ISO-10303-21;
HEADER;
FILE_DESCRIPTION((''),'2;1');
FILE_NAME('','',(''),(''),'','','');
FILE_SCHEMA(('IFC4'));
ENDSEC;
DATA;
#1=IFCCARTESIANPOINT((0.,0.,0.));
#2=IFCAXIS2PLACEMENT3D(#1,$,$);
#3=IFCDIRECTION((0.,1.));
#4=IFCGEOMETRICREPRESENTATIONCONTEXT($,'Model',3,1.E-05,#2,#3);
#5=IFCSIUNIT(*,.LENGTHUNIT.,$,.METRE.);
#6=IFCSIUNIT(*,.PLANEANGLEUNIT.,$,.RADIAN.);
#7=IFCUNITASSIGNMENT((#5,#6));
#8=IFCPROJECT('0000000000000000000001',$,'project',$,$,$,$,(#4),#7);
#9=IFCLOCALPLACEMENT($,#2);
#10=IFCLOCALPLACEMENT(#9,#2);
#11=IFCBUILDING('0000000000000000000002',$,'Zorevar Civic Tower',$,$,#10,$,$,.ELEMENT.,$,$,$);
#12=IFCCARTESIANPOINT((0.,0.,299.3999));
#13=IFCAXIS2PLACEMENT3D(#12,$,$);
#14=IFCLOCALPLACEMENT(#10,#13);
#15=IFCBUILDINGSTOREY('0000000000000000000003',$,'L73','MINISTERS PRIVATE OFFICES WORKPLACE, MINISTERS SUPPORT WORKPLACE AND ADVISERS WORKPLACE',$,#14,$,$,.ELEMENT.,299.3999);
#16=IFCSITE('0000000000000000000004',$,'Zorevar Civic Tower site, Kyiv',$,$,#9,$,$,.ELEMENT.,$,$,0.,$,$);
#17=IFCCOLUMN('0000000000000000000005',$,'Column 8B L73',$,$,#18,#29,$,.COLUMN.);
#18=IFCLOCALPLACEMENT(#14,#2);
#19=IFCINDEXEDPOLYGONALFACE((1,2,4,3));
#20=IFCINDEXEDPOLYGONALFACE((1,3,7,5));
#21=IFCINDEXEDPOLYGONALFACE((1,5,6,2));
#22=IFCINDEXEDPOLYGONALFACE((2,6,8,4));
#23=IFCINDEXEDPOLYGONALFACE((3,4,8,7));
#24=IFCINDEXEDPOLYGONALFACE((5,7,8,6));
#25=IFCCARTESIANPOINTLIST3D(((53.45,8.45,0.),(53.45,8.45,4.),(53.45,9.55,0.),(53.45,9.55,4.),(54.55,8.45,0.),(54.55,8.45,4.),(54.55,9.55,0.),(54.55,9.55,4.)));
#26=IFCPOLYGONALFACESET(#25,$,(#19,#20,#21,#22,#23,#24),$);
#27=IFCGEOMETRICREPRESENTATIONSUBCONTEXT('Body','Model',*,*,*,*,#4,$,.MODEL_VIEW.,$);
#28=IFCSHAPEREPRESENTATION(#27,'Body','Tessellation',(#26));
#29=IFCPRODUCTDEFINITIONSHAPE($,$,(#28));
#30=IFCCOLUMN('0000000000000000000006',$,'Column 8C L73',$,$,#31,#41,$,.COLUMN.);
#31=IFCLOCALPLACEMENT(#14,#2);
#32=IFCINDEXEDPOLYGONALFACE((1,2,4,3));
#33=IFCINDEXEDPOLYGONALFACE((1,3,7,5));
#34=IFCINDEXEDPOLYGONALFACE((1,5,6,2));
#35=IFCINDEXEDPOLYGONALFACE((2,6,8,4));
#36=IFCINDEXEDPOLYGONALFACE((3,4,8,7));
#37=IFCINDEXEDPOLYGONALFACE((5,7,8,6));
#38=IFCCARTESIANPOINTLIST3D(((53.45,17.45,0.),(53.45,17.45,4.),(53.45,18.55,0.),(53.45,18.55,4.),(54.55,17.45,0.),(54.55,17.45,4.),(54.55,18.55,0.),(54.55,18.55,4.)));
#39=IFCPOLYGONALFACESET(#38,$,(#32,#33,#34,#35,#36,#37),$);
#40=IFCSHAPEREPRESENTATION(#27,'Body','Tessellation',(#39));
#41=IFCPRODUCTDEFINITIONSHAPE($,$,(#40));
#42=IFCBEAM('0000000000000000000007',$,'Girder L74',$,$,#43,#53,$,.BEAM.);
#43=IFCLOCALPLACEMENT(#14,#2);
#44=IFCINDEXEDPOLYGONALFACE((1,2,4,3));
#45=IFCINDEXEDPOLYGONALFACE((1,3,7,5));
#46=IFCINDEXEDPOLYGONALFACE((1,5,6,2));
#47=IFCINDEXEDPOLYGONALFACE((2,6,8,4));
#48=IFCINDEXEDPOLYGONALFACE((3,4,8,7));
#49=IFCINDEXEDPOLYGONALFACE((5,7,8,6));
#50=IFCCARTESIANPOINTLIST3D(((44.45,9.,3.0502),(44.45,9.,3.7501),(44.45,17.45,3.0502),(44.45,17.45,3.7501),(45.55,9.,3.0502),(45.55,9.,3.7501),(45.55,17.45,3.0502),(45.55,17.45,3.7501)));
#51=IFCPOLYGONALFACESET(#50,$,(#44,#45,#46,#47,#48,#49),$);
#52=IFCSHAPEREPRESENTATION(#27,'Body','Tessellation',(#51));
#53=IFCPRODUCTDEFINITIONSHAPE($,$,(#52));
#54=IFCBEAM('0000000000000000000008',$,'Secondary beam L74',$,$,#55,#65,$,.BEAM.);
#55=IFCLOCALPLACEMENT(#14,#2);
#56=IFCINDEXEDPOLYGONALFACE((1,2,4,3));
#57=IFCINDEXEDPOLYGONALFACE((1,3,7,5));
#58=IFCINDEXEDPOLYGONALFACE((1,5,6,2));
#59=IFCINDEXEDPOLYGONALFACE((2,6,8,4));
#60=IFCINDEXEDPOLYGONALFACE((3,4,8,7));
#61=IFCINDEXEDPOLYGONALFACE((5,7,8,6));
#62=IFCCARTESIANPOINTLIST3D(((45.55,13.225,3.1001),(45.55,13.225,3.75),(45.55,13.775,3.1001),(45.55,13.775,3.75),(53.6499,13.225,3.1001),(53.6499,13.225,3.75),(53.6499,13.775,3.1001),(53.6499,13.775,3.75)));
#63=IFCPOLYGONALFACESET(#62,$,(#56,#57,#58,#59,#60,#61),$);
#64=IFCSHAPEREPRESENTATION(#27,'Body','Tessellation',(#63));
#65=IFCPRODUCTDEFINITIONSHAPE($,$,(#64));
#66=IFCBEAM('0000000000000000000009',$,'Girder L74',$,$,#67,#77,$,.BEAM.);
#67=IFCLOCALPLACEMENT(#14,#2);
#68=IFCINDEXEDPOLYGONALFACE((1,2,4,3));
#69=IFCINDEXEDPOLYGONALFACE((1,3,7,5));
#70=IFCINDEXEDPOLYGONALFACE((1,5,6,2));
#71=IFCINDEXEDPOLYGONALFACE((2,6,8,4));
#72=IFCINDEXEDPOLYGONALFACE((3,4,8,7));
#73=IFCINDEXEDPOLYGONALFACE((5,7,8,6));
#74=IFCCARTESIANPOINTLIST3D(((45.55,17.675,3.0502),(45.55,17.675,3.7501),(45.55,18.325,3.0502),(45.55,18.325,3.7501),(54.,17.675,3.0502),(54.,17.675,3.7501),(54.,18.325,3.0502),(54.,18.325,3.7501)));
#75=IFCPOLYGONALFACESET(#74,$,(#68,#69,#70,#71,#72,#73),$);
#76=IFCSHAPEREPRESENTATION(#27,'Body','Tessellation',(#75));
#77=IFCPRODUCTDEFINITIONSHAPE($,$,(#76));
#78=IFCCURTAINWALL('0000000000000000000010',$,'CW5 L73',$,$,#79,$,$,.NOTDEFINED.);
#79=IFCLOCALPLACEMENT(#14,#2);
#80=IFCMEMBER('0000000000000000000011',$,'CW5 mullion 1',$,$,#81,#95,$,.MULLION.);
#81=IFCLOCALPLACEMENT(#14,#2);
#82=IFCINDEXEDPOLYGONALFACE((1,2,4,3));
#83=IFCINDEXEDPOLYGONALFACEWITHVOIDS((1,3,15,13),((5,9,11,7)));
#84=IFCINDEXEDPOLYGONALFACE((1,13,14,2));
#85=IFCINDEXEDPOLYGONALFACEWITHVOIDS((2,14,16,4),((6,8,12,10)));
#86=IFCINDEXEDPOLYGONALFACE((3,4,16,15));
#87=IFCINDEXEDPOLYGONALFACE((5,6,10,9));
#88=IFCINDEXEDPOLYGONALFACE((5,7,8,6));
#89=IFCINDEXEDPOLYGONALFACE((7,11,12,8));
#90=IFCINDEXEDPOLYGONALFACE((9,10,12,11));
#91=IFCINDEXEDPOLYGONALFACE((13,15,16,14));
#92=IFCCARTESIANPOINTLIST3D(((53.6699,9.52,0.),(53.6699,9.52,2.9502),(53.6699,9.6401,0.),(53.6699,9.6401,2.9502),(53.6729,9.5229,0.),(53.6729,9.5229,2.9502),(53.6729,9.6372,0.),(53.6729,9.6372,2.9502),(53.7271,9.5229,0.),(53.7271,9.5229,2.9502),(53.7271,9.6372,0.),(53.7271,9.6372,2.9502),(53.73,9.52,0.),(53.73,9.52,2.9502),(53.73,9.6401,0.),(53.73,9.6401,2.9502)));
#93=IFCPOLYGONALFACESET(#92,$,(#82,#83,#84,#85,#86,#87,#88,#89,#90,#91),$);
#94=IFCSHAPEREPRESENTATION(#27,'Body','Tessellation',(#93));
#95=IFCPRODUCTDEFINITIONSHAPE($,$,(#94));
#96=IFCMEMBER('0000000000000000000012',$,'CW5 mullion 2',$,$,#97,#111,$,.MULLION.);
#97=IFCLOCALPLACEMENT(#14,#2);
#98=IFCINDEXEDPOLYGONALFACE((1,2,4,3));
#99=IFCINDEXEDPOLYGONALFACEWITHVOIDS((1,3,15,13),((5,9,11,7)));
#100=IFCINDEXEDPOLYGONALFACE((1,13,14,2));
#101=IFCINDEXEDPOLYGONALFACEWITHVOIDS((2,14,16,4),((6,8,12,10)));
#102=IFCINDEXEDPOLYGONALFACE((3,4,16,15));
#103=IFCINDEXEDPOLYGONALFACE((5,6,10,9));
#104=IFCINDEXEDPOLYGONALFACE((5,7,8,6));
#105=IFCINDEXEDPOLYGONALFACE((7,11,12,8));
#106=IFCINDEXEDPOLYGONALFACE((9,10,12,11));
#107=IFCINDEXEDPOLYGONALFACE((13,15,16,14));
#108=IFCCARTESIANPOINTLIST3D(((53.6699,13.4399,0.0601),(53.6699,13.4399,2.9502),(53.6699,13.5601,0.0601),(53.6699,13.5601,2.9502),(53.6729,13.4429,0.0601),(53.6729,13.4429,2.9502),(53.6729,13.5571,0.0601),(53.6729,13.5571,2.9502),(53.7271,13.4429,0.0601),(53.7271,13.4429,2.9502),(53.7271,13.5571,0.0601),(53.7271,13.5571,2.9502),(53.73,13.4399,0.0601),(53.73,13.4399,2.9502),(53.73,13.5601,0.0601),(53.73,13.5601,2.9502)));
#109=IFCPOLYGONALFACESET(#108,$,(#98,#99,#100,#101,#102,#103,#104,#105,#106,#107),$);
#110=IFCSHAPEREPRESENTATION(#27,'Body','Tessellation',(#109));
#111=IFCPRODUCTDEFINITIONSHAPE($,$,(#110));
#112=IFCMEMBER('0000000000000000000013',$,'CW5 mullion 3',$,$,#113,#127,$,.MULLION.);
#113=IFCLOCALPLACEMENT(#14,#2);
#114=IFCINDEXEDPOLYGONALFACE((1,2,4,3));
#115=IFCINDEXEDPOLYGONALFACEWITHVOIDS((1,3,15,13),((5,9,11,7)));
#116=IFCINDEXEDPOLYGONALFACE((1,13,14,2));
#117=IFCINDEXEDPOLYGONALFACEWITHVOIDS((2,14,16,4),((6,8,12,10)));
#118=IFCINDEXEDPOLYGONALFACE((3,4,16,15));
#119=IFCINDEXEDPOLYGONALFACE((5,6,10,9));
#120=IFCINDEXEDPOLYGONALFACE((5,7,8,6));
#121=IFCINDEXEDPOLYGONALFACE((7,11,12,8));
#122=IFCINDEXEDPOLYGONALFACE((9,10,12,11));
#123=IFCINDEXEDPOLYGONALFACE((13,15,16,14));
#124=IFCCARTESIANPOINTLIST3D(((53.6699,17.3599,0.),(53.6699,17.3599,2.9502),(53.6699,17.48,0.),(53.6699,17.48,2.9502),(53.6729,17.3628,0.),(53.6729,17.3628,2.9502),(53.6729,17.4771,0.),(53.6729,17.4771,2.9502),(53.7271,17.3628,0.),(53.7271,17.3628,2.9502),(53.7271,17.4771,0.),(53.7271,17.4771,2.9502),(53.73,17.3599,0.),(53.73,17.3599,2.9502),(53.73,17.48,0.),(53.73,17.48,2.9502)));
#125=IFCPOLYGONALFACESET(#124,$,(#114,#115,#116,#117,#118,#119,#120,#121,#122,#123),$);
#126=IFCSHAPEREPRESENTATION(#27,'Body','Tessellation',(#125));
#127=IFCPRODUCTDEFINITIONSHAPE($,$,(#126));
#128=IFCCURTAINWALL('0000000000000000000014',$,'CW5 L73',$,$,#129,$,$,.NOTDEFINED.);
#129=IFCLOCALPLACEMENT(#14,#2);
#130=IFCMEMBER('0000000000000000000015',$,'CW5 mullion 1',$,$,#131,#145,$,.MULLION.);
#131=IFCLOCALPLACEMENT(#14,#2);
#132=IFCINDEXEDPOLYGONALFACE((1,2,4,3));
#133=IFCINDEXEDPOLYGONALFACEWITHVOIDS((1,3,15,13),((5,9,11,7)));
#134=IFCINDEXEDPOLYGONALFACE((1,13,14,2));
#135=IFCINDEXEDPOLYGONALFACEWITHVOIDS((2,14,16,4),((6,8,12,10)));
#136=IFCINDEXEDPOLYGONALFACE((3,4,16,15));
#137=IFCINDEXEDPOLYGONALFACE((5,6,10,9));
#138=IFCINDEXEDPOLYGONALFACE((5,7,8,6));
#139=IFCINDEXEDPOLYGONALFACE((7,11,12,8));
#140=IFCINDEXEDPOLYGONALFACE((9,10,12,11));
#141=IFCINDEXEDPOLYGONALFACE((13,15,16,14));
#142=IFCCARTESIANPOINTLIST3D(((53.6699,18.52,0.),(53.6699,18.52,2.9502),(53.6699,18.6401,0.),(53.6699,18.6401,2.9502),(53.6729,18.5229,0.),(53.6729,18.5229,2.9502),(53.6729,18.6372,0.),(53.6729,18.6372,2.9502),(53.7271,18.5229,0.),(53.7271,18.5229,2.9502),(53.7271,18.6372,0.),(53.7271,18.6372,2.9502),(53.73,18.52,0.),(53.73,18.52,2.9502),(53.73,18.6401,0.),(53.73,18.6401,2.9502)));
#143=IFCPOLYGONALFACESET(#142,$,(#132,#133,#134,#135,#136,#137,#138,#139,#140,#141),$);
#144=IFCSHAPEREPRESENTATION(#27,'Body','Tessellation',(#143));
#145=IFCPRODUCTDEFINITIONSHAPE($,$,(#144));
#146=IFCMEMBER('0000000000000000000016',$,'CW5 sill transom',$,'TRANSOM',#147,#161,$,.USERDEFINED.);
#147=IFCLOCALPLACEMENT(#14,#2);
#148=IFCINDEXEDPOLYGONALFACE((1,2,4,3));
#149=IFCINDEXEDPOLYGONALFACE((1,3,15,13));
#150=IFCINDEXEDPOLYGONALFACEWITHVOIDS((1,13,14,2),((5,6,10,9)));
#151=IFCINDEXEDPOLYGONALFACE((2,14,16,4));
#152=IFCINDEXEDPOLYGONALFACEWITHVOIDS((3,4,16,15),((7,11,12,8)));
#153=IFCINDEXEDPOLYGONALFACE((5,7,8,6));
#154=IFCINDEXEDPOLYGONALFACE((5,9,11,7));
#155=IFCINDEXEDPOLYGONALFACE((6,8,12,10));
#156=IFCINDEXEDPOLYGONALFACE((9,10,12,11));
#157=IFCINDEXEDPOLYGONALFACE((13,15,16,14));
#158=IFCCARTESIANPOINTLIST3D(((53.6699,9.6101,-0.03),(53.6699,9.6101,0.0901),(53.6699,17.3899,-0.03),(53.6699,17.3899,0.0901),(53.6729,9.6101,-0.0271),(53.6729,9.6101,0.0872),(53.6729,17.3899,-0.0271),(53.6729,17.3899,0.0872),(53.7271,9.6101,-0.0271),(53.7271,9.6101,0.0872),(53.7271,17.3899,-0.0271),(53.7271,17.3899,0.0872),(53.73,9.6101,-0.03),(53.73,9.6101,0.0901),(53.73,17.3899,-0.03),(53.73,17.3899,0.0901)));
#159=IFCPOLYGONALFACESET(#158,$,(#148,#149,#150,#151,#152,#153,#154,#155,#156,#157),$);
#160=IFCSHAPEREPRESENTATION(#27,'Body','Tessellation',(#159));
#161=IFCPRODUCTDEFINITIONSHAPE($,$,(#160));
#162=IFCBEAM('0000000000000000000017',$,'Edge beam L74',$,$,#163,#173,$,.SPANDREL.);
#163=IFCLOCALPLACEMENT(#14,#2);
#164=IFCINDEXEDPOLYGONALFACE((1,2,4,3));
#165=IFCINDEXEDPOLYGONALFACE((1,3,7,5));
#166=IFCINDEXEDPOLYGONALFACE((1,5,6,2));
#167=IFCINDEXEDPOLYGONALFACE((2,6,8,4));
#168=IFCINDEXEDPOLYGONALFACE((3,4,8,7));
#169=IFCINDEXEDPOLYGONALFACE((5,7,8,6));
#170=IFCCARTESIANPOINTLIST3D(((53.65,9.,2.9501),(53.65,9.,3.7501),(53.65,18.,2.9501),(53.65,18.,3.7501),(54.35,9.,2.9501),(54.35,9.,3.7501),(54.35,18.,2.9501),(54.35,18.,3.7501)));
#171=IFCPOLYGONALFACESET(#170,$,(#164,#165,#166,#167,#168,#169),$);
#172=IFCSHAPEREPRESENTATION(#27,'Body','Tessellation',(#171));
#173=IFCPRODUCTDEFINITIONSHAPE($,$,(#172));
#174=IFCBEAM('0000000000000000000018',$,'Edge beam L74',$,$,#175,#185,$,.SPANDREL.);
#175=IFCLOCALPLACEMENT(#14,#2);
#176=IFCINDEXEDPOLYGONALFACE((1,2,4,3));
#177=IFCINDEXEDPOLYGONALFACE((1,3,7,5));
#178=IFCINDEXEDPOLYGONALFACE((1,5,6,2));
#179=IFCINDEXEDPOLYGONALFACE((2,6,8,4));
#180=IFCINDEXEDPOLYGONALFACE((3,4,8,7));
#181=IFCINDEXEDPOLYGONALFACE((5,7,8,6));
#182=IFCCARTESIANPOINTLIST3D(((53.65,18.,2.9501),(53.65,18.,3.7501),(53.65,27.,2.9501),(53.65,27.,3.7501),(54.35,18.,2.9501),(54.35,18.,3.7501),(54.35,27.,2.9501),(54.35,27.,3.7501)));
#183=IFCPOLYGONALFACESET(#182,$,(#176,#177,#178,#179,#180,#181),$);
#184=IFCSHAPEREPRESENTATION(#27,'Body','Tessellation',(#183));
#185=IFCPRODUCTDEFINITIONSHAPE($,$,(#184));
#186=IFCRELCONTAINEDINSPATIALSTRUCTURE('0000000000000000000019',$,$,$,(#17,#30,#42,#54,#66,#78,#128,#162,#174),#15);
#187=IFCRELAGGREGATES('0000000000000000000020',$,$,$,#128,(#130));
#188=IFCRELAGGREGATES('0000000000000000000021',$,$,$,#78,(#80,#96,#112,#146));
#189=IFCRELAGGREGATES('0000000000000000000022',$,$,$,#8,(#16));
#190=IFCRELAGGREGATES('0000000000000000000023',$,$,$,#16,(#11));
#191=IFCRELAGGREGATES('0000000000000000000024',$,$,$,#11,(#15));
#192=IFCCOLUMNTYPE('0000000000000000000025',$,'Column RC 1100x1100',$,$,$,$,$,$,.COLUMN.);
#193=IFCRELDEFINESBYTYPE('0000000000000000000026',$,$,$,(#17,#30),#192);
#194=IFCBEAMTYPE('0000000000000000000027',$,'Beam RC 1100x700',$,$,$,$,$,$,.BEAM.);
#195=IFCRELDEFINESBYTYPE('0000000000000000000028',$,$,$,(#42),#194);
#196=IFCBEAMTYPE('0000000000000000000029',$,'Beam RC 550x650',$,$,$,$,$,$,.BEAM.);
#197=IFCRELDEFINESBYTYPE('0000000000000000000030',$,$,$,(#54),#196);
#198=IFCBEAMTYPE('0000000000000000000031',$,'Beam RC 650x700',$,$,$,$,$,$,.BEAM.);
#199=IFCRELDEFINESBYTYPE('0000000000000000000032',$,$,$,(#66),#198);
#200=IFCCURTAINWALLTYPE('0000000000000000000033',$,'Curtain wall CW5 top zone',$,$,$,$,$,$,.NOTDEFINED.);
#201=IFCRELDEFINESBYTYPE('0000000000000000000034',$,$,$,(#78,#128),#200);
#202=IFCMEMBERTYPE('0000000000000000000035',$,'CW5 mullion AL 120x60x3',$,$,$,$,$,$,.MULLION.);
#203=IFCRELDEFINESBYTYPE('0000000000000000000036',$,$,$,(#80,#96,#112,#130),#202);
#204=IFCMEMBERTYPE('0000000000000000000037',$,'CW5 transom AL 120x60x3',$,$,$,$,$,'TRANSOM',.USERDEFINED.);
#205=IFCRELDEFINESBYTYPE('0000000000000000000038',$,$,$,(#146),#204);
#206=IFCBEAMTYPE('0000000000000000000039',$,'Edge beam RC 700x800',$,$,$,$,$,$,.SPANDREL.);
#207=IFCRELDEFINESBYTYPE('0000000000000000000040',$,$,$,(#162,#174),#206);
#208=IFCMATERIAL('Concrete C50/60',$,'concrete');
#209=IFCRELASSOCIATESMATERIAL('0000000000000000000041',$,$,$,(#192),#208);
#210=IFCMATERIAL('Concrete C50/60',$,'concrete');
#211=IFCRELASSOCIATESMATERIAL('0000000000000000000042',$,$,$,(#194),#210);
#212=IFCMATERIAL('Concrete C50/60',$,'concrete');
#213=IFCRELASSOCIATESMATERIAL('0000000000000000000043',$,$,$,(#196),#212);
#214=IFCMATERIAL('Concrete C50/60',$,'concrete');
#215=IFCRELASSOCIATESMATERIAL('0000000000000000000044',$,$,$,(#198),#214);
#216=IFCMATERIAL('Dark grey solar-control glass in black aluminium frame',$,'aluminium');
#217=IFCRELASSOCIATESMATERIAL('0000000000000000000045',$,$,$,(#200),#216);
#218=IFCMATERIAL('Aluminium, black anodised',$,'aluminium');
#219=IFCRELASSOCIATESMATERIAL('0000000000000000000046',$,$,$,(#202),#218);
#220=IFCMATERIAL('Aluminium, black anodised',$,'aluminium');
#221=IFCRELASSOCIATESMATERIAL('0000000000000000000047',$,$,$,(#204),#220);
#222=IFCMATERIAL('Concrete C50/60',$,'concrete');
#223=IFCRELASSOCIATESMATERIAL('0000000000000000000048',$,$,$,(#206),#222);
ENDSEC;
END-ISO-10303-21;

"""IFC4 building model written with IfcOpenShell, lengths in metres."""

from ifc_helpers import new_model, si_unit, direction, frame, origin, origin_2d, place, context, subcontext, project, spatial, rectangle, hollow_rectangle, extrude, material, material_profile, profile_set, type_object, element, aggregate, save


model = new_model("IFC4")

# Units and contexts
model_context = context("Model", 3, precision=1e-05, world=origin(), true_north=direction((0.0, 1.0)))
body_context = subcontext(model_context, "Body", "Model", "MODEL_VIEW")
ifc_project = project(units=[si_unit("LENGTHUNIT", "METRE"), si_unit("PLANEANGLEUNIT", "RADIAN")], contexts=[model_context])

# Site, building, storey
site_placement = place(None, origin())
site = spatial("IfcSite", under=ifc_project, at=site_placement, Name="Zorevar Civic Tower site, Kyiv", CompositionType="ELEMENT", RefElevation=0.0)
building_placement = place(site_placement, origin())
building = spatial("IfcBuilding", under=site, at=building_placement, Name="Zorevar Civic Tower", CompositionType="ELEMENT")
storey_placement = place(building_placement, frame((0.0, 0.0, 299.3999)))
storey = spatial("IfcBuildingStorey", under=building, at=storey_placement, Name="L73", Description="MINISTERS PRIVATE OFFICES WORKPLACE, MINISTERS SUPPORT WORKPLACE AND ADVISERS WORKPLACE", CompositionType="ELEMENT", Elevation=299.3999)

# Columns
ifc_material_1 = material(Name="Concrete C50/60", Category="concrete")
ifc_material_profile_1 = material_profile(ifc_material_1, rectangle(XDim=1.1001, YDim=1.1001, at=origin_2d()), Name="RC 1100x1100")
ifc_profile_set_1 = profile_set([ifc_material_profile_1], Name="Concrete C50/60")
column_type = type_object("IfcColumnType", Name="Column RC 1100x1100", PredefinedType="COLUMN", material=ifc_profile_set_1)
for number, where, z_axis, x_axis, name in (
    (1, (54.0, 9.0, 0.0), (0.0, 0.0, 1.0), (1.0, 0.0, 0.0), "Column 8B L73"),
    (2, (54.0, 18.0, 0.0), (0.0, 0.0, 1.0), (1.0, 0.0, 0.0), "Column 8C L73"),
):
    element("IfcColumn", number, at=place(storey_placement, frame(where, z_axis=z_axis, x_axis=x_axis)), inside=storey, type_object=column_type, Name=name, PredefinedType="COLUMN", context=body_context, shape_type="SweptSolid", body=[
        extrude(rectangle(XDim=1.1001, YDim=1.1001, at=origin_2d()), origin(), (0.0, 0.0, 1.0), 4.0),
    ])

# Beams
ifc_material_2 = material(Name="Concrete C50/60", Category="concrete")
ifc_material_profile_2 = material_profile(ifc_material_2, rectangle(XDim=1.1001, YDim=0.7, at=origin_2d()), Name="RC 1100x700")
ifc_profile_set_2 = profile_set([ifc_material_profile_2], Name="Concrete C50/60")
beam_type_1 = type_object("IfcBeamType", Name="Beam RC 1100x700", PredefinedType="BEAM", material=ifc_profile_set_2)
beam_1_placement = place(storey_placement, frame((45.0, 9.0, 3.4001), z_axis=(0.0, 1.0, 0.0), x_axis=(-1.0, 0.0, 0.0)))
element("IfcBeam", 3, at=beam_1_placement, inside=storey, type_object=beam_type_1, Name="Girder L74", PredefinedType="BEAM", context=body_context, shape_type="SweptSolid", body=[
    extrude(rectangle(XDim=1.1001, YDim=0.7, at=origin_2d()), origin(), (0.0, 0.0, 1.0), 8.45),
])
ifc_material_3 = material(Name="Concrete C50/60", Category="concrete")
ifc_material_profile_3 = material_profile(ifc_material_3, rectangle(XDim=0.55, YDim=0.6499, at=origin_2d()), Name="RC 550x650")
ifc_profile_set_3 = profile_set([ifc_material_profile_3], Name="Concrete C50/60")
beam_type_2 = type_object("IfcBeamType", Name="Beam RC 550x650", PredefinedType="BEAM", material=ifc_profile_set_3)
beam_2_placement = place(storey_placement, frame((45.55, 13.5, 3.425), z_axis=(1.0, 0.0, 0.0), x_axis=(0.0, 1.0, 0.0)))
element("IfcBeam", 4, at=beam_2_placement, inside=storey, type_object=beam_type_2, Name="Secondary beam L74", PredefinedType="BEAM", context=body_context, shape_type="SweptSolid", body=[
    extrude(rectangle(XDim=0.55, YDim=0.6499, at=origin_2d()), origin(), (0.0, 0.0, 1.0), 8.0999),
])
ifc_material_4 = material(Name="Concrete C50/60", Category="concrete")
ifc_material_profile_4 = material_profile(ifc_material_4, rectangle(XDim=0.6499, YDim=0.7, at=origin_2d()), Name="RC 650x700")
ifc_profile_set_4 = profile_set([ifc_material_profile_4], Name="Concrete C50/60")
beam_type_3 = type_object("IfcBeamType", Name="Beam RC 650x700", PredefinedType="BEAM", material=ifc_profile_set_4)
beam_3_placement = place(storey_placement, frame((45.55, 18.0, 3.4001), z_axis=(1.0, 0.0, 0.0), x_axis=(0.0, 1.0, 0.0)))
element("IfcBeam", 5, at=beam_3_placement, inside=storey, type_object=beam_type_3, Name="Girder L74", PredefinedType="BEAM", context=body_context, shape_type="SweptSolid", body=[
    extrude(rectangle(XDim=0.6499, YDim=0.7, at=origin_2d()), origin(), (0.0, 0.0, 1.0), 8.45),
])

# Curtain wall, members
ifc_material_5 = material(Name="Dark grey solar-control glass in black aluminium frame", Category="aluminium")
curtain_wall_type = type_object("IfcCurtainWallType", Name="Curtain wall CW5 top zone", PredefinedType="NOTDEFINED", material=ifc_material_5)
curtain_wall_1_placement = place(storey_placement, origin())
curtain_wall_1 = element("IfcCurtainWall", 6, at=curtain_wall_1_placement, inside=storey, type_object=curtain_wall_type, Name="CW5 L73", PredefinedType="NOTDEFINED")
ifc_material_6 = material(Name="Aluminium, black anodised", Category="aluminium")
ifc_material_profile_5 = material_profile(ifc_material_6, hollow_rectangle(XDim=0.0601, YDim=0.1201, WallThickness=0.0029, at=origin_2d()), Name="AL 120x60x3")
ifc_profile_set_5 = profile_set([ifc_material_profile_5], Name="Aluminium, black anodised")
member_type_1 = type_object("IfcMemberType", Name="CW5 mullion AL 120x60x3", PredefinedType="MULLION", material=ifc_profile_set_5)
member_1_placement = place(storey_placement, frame((53.7, 9.5801, 0.0), z_axis=(0.0, 0.0, 1.0), x_axis=(-1.0, 0.0, 0.0)))
member_1 = element("IfcMember", 7, at=member_1_placement, type_object=member_type_1, Name="CW5 mullion 1", PredefinedType="MULLION", context=body_context, shape_type="SweptSolid", body=[
    extrude(hollow_rectangle(XDim=0.0601, YDim=0.1201, WallThickness=0.0029, at=origin_2d()), origin(), (0.0, 0.0, 1.0), 2.9502),
])
member_2_placement = place(storey_placement, frame((53.7, 13.5, 0.0601), z_axis=(0.0, 0.0, 1.0), x_axis=(-1.0, 0.0, 0.0)))
member_2 = element("IfcMember", 8, at=member_2_placement, type_object=member_type_1, Name="CW5 mullion 2", PredefinedType="MULLION", context=body_context, shape_type="SweptSolid", body=[
    extrude(hollow_rectangle(XDim=0.0601, YDim=0.1201, WallThickness=0.0029, at=origin_2d()), origin(), (0.0, 0.0, 1.0), 2.8901),
])
member_3_placement = place(storey_placement, frame((53.7, 17.4199, 0.0), z_axis=(0.0, 0.0, 1.0), x_axis=(-1.0, 0.0, 0.0)))
member_3 = element("IfcMember", 9, at=member_3_placement, type_object=member_type_1, Name="CW5 mullion 3", PredefinedType="MULLION", context=body_context, shape_type="SweptSolid", body=[
    extrude(hollow_rectangle(XDim=0.0601, YDim=0.1201, WallThickness=0.0029, at=origin_2d()), origin(), (0.0, 0.0, 1.0), 2.9502),
])

# Curtain wall, member
curtain_wall_2_placement = place(storey_placement, origin())
curtain_wall_2 = element("IfcCurtainWall", 10, at=curtain_wall_2_placement, inside=storey, type_object=curtain_wall_type, Name="CW5 L73", PredefinedType="NOTDEFINED")
member_4_placement = place(storey_placement, frame((53.7, 18.5801, 0.0), z_axis=(0.0, 0.0, 1.0), x_axis=(-1.0, 0.0, 0.0)))
member_4 = element("IfcMember", 11, at=member_4_placement, type_object=member_type_1, Name="CW5 mullion 1", PredefinedType="MULLION", context=body_context, shape_type="SweptSolid", body=[
    extrude(hollow_rectangle(XDim=0.0601, YDim=0.1201, WallThickness=0.0029, at=origin_2d()), origin(), (0.0, 0.0, 1.0), 2.9502),
])
aggregate(curtain_wall_2, [member_4])

# Member
ifc_material_7 = material(Name="Aluminium, black anodised", Category="aluminium")
ifc_material_profile_6 = material_profile(ifc_material_7, hollow_rectangle(XDim=0.0601, YDim=0.1201, WallThickness=0.0029, at=origin_2d()), Name="AL 120x60x3")
ifc_profile_set_6 = profile_set([ifc_material_profile_6], Name="Aluminium, black anodised")
member_type_2 = type_object("IfcMemberType", Name="CW5 transom AL 120x60x3", ElementType="TRANSOM", PredefinedType="USERDEFINED", material=ifc_profile_set_6)
member_5_placement = place(storey_placement, frame((53.7, 9.6101, 0.03), z_axis=(0.0, 1.0, 0.0), x_axis=(-1.0, 0.0, 0.0)))
member_5 = element("IfcMember", 12, at=member_5_placement, type_object=member_type_2, Name="CW5 sill transom", ObjectType="TRANSOM", PredefinedType="USERDEFINED", context=body_context, shape_type="SweptSolid", body=[
    extrude(hollow_rectangle(XDim=0.0601, YDim=0.1201, WallThickness=0.0029, at=origin_2d()), origin(), (0.0, 0.0, 1.0), 7.7798),
])

# Beams
ifc_material_8 = material(Name="Concrete C50/60", Category="concrete")
ifc_material_profile_7 = material_profile(ifc_material_8, rectangle(XDim=0.7, YDim=0.8, at=origin_2d()), Name="RC 700x800")
ifc_profile_set_7 = profile_set([ifc_material_profile_7], Name="Concrete C50/60")
beam_type_4 = type_object("IfcBeamType", Name="Edge beam RC 700x800", PredefinedType="SPANDREL", material=ifc_profile_set_7)
for number, where, z_axis, x_axis, name in (
    (13, (54.0, 9.0, 3.3501), (0.0, 1.0, 0.0), (-1.0, 0.0, 0.0), "Edge beam L74"),
    (14, (54.0, 18.0, 3.3501), (0.0, 1.0, 0.0), (-1.0, 0.0, 0.0), "Edge beam L74"),
):
    element("IfcBeam", number, at=place(storey_placement, frame(where, z_axis=z_axis, x_axis=x_axis)), inside=storey, type_object=beam_type_4, Name=name, PredefinedType="SPANDREL", context=body_context, shape_type="SweptSolid", body=[
        extrude(rectangle(XDim=0.7, YDim=0.8, at=origin_2d()), origin(), (0.0, 0.0, 1.0), 9.0),
    ])

aggregate(curtain_wall_1, [member_1, member_2, member_3, member_5])

save(model, "model.ifc")
